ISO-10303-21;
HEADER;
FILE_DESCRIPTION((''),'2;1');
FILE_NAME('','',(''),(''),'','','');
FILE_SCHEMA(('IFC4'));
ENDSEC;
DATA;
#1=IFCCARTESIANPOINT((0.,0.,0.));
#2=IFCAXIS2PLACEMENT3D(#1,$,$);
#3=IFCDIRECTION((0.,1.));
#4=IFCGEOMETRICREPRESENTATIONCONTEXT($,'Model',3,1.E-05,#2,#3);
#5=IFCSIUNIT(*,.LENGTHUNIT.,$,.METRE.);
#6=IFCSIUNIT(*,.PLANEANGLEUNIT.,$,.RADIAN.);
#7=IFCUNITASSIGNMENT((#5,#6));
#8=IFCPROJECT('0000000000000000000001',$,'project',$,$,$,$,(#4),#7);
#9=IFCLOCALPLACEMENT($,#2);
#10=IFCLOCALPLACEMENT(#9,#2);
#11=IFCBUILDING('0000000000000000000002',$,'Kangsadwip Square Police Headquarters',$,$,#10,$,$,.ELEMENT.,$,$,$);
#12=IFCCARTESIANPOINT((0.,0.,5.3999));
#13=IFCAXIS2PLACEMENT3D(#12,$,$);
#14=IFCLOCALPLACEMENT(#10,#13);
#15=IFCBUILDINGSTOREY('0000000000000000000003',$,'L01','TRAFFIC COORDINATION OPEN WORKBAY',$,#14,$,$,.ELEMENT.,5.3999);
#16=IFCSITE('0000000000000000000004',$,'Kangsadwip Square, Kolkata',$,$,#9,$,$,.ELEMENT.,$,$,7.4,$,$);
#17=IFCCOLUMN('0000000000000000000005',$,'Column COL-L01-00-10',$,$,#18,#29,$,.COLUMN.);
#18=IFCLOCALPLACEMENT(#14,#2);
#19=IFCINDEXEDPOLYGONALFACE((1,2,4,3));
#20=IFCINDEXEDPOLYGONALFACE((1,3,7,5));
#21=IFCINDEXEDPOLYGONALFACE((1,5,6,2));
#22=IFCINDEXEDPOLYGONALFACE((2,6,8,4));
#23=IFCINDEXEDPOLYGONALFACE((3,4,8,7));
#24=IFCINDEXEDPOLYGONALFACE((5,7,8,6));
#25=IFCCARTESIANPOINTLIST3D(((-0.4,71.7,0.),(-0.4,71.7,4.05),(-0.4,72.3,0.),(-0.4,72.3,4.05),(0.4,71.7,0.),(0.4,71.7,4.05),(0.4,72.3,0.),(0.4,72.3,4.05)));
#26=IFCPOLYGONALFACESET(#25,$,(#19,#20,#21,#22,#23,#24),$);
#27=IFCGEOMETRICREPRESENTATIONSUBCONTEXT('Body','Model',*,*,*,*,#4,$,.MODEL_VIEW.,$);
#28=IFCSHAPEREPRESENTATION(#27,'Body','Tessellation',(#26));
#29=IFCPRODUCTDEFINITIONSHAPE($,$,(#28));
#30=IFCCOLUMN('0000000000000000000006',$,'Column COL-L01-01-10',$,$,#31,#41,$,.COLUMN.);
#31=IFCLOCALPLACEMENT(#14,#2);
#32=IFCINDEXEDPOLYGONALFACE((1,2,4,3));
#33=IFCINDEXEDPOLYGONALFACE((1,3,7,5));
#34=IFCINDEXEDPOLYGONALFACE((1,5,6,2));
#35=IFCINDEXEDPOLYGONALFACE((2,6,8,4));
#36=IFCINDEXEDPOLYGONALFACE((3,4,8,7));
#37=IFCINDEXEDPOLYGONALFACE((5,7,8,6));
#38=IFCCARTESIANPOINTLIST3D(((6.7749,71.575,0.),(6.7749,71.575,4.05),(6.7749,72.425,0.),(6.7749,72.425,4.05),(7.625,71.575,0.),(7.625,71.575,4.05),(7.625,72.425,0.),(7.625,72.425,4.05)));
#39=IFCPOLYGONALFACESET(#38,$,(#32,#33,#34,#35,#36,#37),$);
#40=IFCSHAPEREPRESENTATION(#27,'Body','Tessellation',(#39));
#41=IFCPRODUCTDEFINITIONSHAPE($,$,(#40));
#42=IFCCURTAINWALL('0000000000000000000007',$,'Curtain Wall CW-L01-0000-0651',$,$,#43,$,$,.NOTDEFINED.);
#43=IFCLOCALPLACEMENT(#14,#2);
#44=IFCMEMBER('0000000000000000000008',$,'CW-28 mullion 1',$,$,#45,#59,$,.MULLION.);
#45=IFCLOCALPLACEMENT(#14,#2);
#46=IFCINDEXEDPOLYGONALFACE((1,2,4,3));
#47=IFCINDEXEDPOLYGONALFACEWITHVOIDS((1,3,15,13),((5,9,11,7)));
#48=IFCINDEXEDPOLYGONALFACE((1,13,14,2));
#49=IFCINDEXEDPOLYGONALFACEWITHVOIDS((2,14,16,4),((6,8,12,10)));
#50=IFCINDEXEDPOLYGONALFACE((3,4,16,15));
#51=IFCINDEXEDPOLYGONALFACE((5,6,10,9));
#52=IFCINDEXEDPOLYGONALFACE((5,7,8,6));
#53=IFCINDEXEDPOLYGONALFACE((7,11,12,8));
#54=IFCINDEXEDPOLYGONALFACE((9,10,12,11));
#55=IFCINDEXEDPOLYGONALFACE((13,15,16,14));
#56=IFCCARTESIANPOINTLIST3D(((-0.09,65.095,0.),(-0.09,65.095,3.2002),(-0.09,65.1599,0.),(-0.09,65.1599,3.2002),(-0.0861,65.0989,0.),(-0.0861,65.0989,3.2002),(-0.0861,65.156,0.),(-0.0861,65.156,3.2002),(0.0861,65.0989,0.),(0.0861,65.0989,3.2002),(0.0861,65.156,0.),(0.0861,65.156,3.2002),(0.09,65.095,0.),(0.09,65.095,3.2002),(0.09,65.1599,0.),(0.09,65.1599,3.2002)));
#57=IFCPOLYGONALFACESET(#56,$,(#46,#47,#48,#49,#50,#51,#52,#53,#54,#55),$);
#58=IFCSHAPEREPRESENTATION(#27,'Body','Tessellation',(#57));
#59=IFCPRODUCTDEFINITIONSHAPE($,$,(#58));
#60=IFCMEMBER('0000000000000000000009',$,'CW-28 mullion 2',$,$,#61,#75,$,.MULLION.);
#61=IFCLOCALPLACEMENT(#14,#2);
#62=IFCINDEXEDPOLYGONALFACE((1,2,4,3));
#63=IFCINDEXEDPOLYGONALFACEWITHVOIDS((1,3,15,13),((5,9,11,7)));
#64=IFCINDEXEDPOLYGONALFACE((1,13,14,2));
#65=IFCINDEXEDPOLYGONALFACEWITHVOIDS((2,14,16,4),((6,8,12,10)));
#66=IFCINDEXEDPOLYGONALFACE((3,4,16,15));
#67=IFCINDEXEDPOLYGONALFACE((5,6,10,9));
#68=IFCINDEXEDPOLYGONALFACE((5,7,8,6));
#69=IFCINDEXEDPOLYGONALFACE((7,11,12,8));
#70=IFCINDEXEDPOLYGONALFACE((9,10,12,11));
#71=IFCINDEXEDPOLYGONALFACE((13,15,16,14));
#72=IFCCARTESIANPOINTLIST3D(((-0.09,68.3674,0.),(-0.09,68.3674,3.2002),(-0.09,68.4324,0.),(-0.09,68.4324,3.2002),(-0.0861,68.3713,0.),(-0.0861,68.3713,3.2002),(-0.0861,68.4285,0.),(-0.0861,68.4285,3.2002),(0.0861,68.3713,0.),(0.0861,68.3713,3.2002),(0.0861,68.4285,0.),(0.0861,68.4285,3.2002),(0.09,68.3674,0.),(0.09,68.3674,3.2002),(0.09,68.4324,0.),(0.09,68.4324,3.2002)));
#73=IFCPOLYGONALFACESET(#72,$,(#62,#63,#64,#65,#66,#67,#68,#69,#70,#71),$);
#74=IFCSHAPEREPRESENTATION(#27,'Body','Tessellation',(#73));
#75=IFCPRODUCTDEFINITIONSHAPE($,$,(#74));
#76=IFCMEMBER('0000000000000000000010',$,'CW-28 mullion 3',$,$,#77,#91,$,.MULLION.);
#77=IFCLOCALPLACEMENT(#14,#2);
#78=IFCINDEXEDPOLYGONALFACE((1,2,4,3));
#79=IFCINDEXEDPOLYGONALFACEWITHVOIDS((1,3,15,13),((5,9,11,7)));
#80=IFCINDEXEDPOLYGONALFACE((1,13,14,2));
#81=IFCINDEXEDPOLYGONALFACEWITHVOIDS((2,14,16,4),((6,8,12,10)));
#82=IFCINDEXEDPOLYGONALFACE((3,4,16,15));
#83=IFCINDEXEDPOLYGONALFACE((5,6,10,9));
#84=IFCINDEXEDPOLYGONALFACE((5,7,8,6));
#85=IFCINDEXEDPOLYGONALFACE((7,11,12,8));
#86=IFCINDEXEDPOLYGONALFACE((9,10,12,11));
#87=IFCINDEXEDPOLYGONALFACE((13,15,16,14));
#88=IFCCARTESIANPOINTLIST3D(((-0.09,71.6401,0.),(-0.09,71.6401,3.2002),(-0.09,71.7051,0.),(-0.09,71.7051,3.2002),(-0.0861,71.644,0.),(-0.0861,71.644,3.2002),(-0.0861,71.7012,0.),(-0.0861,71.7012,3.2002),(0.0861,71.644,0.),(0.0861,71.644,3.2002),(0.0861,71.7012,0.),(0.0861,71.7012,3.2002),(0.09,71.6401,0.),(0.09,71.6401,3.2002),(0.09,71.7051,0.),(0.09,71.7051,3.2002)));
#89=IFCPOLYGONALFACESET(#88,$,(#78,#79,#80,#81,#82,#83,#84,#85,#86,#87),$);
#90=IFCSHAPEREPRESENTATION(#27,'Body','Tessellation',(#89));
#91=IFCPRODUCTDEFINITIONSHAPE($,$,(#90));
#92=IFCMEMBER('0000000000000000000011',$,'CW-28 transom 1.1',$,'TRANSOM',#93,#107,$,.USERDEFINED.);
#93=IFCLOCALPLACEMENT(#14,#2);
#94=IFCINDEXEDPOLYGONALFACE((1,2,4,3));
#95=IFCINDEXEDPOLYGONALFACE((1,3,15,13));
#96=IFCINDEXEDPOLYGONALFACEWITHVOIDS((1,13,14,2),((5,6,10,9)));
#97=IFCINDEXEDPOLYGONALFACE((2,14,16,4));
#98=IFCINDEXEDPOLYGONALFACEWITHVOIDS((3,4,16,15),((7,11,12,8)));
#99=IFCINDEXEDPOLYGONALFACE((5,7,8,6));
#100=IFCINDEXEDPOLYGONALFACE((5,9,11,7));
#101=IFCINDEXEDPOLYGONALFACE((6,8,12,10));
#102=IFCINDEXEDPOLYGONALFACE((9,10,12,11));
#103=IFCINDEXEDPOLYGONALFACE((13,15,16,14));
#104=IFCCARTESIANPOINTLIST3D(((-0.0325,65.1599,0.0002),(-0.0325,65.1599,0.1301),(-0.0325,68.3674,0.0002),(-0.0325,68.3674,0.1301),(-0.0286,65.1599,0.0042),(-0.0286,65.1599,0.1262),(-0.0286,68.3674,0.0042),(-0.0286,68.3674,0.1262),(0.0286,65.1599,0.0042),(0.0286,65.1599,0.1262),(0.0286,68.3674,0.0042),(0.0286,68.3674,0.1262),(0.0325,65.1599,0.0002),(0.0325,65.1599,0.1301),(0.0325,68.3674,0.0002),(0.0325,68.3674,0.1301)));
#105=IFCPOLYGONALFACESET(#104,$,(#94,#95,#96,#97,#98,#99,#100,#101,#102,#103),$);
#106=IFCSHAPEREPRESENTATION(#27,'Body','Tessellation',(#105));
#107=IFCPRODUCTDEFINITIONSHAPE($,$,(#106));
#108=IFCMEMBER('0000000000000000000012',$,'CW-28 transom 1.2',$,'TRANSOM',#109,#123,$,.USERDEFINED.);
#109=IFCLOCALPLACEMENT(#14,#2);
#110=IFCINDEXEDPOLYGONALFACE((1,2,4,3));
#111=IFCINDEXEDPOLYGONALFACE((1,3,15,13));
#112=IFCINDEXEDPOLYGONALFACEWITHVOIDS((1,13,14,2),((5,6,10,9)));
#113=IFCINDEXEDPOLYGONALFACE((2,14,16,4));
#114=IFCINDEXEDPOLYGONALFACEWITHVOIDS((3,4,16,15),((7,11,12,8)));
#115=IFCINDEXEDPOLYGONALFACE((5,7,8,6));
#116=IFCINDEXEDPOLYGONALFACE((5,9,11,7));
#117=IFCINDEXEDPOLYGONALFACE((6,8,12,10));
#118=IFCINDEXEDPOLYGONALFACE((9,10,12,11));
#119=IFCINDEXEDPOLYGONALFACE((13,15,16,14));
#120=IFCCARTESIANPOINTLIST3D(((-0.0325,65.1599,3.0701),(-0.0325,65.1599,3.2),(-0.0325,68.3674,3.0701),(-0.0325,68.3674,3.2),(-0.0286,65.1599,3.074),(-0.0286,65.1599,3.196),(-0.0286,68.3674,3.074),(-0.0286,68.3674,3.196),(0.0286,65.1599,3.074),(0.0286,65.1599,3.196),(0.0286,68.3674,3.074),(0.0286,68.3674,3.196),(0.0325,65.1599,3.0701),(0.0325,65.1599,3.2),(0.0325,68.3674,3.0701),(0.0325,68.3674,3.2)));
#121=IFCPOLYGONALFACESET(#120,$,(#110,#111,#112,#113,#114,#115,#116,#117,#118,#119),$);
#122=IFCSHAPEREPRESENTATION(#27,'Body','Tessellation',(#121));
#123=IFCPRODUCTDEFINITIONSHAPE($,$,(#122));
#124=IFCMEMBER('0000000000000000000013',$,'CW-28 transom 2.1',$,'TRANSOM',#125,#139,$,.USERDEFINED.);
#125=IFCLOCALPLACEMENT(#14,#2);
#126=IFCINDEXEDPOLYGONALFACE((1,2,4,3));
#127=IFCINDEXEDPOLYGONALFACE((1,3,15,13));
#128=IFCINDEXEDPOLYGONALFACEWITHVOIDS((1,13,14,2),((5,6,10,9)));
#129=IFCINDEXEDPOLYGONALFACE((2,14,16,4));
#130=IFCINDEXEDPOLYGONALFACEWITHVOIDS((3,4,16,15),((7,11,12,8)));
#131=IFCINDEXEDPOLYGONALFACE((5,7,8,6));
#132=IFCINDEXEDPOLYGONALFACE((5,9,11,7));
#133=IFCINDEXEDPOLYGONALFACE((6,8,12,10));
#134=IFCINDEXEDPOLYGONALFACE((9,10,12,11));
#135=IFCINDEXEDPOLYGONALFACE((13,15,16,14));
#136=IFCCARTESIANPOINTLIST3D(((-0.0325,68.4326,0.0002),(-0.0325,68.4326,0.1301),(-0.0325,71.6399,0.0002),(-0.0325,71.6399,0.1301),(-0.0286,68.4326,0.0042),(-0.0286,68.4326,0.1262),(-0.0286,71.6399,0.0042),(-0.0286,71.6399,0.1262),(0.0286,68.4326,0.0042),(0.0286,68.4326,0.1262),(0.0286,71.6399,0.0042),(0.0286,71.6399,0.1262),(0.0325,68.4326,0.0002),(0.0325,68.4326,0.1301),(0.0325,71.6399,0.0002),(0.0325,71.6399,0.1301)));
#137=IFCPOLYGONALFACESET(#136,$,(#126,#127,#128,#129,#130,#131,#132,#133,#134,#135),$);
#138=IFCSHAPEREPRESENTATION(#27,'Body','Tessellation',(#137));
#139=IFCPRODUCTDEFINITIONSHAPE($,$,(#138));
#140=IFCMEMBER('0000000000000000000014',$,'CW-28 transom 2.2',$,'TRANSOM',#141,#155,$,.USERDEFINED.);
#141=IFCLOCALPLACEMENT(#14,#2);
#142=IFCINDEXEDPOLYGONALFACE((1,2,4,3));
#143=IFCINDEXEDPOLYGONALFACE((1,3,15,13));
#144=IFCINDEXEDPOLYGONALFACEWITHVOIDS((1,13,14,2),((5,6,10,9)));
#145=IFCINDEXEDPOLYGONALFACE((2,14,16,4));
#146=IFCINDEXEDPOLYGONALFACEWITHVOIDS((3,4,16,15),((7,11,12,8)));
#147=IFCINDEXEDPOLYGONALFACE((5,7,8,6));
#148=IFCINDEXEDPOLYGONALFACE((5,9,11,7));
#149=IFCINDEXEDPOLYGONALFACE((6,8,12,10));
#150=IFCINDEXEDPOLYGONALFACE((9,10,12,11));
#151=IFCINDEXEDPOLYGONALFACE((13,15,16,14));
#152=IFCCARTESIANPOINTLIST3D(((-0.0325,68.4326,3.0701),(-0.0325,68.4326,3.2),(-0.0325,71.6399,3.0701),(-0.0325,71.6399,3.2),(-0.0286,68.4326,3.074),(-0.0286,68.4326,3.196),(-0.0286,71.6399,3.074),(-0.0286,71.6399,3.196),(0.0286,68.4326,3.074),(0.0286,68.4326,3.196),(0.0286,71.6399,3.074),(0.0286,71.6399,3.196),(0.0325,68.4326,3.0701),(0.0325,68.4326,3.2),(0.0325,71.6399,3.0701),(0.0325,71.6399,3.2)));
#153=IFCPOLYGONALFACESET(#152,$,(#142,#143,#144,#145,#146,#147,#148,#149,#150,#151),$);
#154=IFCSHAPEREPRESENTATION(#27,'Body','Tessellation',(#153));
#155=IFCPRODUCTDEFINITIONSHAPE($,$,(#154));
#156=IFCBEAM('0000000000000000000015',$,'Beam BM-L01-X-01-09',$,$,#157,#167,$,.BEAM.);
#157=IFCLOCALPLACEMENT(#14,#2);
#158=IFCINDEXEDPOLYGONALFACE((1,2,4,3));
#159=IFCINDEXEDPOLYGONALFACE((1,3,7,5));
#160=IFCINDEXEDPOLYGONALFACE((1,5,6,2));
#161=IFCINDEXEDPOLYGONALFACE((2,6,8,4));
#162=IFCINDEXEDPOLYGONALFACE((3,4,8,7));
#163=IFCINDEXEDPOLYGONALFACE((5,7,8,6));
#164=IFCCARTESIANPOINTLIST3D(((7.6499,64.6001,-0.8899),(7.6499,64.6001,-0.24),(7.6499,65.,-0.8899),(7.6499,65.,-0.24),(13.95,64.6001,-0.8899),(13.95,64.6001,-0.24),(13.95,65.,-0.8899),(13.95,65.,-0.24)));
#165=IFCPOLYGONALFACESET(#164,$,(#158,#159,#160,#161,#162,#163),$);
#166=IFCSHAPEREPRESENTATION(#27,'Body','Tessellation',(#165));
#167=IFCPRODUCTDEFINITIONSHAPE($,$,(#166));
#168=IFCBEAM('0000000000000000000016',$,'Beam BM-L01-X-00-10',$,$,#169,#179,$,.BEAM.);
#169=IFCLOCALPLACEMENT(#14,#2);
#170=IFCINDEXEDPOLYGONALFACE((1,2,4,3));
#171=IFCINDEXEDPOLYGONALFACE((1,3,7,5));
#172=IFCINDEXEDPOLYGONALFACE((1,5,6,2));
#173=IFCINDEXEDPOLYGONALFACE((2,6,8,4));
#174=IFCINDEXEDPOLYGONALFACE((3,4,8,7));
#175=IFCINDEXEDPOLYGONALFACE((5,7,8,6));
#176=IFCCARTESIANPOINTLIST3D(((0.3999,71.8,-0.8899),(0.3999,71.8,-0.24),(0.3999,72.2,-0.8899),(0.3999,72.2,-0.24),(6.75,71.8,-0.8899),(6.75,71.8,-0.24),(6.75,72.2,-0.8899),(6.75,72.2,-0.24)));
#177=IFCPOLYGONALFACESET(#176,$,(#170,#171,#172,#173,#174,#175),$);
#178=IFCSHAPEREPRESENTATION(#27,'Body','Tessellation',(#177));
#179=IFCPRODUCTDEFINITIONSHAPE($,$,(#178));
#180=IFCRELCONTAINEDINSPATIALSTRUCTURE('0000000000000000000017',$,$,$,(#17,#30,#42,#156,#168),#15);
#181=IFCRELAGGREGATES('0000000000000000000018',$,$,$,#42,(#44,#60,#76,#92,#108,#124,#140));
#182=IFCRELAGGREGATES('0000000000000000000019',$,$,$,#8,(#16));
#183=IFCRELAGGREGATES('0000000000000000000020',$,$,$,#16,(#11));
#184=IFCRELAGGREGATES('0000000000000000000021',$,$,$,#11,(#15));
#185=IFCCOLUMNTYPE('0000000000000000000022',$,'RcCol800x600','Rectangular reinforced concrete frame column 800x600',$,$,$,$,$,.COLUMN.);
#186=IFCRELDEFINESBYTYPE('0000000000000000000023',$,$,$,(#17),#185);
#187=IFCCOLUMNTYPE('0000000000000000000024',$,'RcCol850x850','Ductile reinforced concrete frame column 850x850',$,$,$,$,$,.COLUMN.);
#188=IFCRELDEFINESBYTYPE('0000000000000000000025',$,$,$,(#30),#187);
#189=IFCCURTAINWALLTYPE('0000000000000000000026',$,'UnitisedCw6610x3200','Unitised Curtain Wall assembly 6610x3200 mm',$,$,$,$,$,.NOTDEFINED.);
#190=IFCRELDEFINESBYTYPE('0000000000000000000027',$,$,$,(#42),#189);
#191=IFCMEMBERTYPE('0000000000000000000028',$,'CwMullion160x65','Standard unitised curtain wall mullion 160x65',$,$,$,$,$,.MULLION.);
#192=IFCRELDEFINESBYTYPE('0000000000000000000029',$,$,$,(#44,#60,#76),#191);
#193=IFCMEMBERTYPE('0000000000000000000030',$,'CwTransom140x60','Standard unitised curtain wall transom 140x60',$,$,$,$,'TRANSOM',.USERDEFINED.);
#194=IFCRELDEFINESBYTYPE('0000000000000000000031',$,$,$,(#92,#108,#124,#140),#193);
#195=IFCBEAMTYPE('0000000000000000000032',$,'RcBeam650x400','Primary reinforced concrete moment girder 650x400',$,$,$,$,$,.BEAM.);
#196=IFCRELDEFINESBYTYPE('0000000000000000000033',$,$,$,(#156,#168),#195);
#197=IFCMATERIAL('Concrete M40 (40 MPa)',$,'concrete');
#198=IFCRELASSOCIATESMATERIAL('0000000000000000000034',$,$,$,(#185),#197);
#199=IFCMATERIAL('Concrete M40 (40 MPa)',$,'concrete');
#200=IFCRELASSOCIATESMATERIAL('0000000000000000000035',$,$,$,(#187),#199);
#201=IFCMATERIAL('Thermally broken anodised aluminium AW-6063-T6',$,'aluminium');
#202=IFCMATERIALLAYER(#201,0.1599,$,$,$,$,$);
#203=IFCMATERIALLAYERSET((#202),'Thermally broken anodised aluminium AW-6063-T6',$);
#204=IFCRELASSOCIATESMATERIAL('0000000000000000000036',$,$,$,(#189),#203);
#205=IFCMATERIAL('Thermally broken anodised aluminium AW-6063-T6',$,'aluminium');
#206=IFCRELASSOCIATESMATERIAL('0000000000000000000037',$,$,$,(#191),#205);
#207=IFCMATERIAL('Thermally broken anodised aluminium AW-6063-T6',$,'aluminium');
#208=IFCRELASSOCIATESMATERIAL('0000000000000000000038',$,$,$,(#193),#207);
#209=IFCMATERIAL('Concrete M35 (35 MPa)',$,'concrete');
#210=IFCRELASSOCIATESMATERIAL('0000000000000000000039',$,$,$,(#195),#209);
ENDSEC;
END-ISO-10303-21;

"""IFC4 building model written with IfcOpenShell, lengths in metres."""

from ifc_helpers import new_model, si_unit, direction, frame, origin, origin_2d, place, context, subcontext, project, spatial, rectangle, hollow_rectangle, extrude, material, layer, layer_set, material_profile, profile_set, type_object, element, aggregate, save


model = new_model("IFC4")

# Units and contexts
model_context = context("Model", 3, precision=1e-05, world=origin(), true_north=direction((0.0, 1.0)))
body_context = subcontext(model_context, "Body", "Model", "MODEL_VIEW")
ifc_project = project(units=[si_unit("LENGTHUNIT", "METRE"), si_unit("PLANEANGLEUNIT", "RADIAN")], contexts=[model_context])

# Site, building, storey
site_placement = place(None, origin())
site = spatial("IfcSite", under=ifc_project, at=site_placement, Name="Kangsadwip Square, Kolkata", CompositionType="ELEMENT", RefElevation=7.4)
building_placement = place(site_placement, origin())
building = spatial("IfcBuilding", under=site, at=building_placement, Name="Kangsadwip Square Police Headquarters", CompositionType="ELEMENT")
storey_placement = place(building_placement, frame((0.0, 0.0, 5.3999)))
storey = spatial("IfcBuildingStorey", under=building, at=storey_placement, Name="L01", Description="TRAFFIC COORDINATION OPEN WORKBAY", CompositionType="ELEMENT", Elevation=5.3999)

# Columns
ifc_material_1 = material(Name="Concrete M40 (40 MPa)", Category="concrete")
ifc_material_profile_1 = material_profile(ifc_material_1, rectangle(XDim=0.6001, YDim=0.8, at=origin_2d()), Name="RC COL 800X600")
ifc_profile_set_1 = profile_set([ifc_material_profile_1], Name="Concrete M40 (40 MPa)")
column_type_1 = type_object("IfcColumnType", Name="RcCol800x600", Description="Rectangular reinforced concrete frame column 800x600", PredefinedType="COLUMN", material=ifc_profile_set_1)
column_1_placement = place(storey_placement, frame((0.0, 72.0, 0.0), z_axis=(0.0, 0.0, 1.0), x_axis=(0.0, 1.0, 0.0)))
element("IfcColumn", 1, at=column_1_placement, inside=storey, type_object=column_type_1, Name="Column COL-L01-00-10", PredefinedType="COLUMN", context=body_context, shape_type="SweptSolid", body=[
    extrude(rectangle(XDim=0.6001, YDim=0.8, at=origin_2d()), origin(), (0.0, 0.0, 1.0), 4.05),
])
ifc_material_2 = material(Name="Concrete M40 (40 MPa)", Category="concrete")
ifc_material_profile_2 = material_profile(ifc_material_2, rectangle(XDim=0.8501, YDim=0.8501, at=origin_2d()), Name="RC COL 850X850")
ifc_profile_set_2 = profile_set([ifc_material_profile_2], Name="Concrete M40 (40 MPa)")
column_type_2 = type_object("IfcColumnType", Name="RcCol850x850", Description="Ductile reinforced concrete frame column 850x850", PredefinedType="COLUMN", material=ifc_profile_set_2)
column_2_placement = place(storey_placement, frame((7.2, 72.0, 0.0), z_axis=(0.0, 0.0, 1.0), x_axis=(1.0, 0.0, 0.0)))
element("IfcColumn", 2, at=column_2_placement, inside=storey, type_object=column_type_2, Name="Column COL-L01-01-10", PredefinedType="COLUMN", context=body_context, shape_type="SweptSolid", body=[
    extrude(rectangle(XDim=0.8501, YDim=0.8501, at=origin_2d()), origin(), (0.0, 0.0, 1.0), 4.05),
])

# Curtain wall, members
ifc_material_3 = material(Name="Thermally broken anodised aluminium AW-6063-T6", Category="aluminium")
ifc_layer_1 = layer(ifc_material_3, 0.1599)
ifc_layer_set_1 = layer_set([ifc_layer_1], Name="Thermally broken anodised aluminium AW-6063-T6")
curtain_wall_type = type_object("IfcCurtainWallType", Name="UnitisedCw6610x3200", Description="Unitised Curtain Wall assembly 6610x3200 mm", PredefinedType="NOTDEFINED", material=ifc_layer_set_1)
curtain_wall_placement = place(storey_placement, origin())
curtain_wall = element("IfcCurtainWall", 3, at=curtain_wall_placement, inside=storey, type_object=curtain_wall_type, Name="Curtain Wall CW-L01-0000-0651", PredefinedType="NOTDEFINED")
ifc_material_4 = material(Name="Thermally broken anodised aluminium AW-6063-T6", Category="aluminium")
ifc_material_profile_3 = material_profile(ifc_material_4, hollow_rectangle(XDim=0.0649, YDim=0.1799, WallThickness=0.0039, at=origin_2d()), Name="CWM 180X65X4")
ifc_profile_set_3 = profile_set([ifc_material_profile_3], Name="Thermally broken anodised aluminium AW-6063-T6")
member_type_1 = type_object("IfcMemberType", Name="CwMullion160x65", Description="Standard unitised curtain wall mullion 160x65", PredefinedType="MULLION", material=ifc_profile_set_3)
member_1_placement = place(storey_placement, frame((0.0, 65.1274, 0.0), z_axis=(0.0, 0.0, 1.0), x_axis=(0.0, 1.0, 0.0)))
member_1 = element("IfcMember", 4, at=member_1_placement, type_object=member_type_1, Name="CW-28 mullion 1", PredefinedType="MULLION", context=body_context, shape_type="SweptSolid", body=[
    extrude(hollow_rectangle(XDim=0.0649, YDim=0.1799, WallThickness=0.0039, at=origin_2d()), origin(), (0.0, 0.0, 1.0), 3.2002),
])
member_2_placement = place(storey_placement, frame((0.0, 68.3999, 0.0), z_axis=(0.0, 0.0, 1.0), x_axis=(0.0, 1.0, 0.0)))
member_2 = element("IfcMember", 5, at=member_2_placement, type_object=member_type_1, Name="CW-28 mullion 2", PredefinedType="MULLION", context=body_context, shape_type="SweptSolid", body=[
    extrude(hollow_rectangle(XDim=0.0649, YDim=0.1799, WallThickness=0.0039, at=origin_2d()), origin(), (0.0, 0.0, 1.0), 3.2002),
])
member_3_placement = place(storey_placement, frame((0.0, 71.6726, 0.0), z_axis=(0.0, 0.0, 1.0), x_axis=(0.0, 1.0, 0.0)))
member_3 = element("IfcMember", 6, at=member_3_placement, type_object=member_type_1, Name="CW-28 mullion 3", PredefinedType="MULLION", context=body_context, shape_type="SweptSolid", body=[
    extrude(hollow_rectangle(XDim=0.0649, YDim=0.1799, WallThickness=0.0039, at=origin_2d()), origin(), (0.0, 0.0, 1.0), 3.2002),
])
ifc_material_5 = material(Name="Thermally broken anodised aluminium AW-6063-T6", Category="aluminium")
ifc_material_profile_4 = material_profile(ifc_material_5, hollow_rectangle(XDim=0.0649, YDim=0.1299, WallThickness=0.0039, at=origin_2d()), Name="CWT 130X65X4")
ifc_profile_set_4 = profile_set([ifc_material_profile_4], Name="Thermally broken anodised aluminium AW-6063-T6")
member_type_2 = type_object("IfcMemberType", Name="CwTransom140x60", Description="Standard unitised curtain wall transom 140x60", ElementType="TRANSOM", PredefinedType="USERDEFINED", material=ifc_profile_set_4)
member_4_placement = place(storey_placement, frame((0.0, 65.1599, 0.0652), z_axis=(0.0, 1.0, 0.0), x_axis=(-1.0, 0.0, 0.0)))
member_4 = element("IfcMember", 7, at=member_4_placement, type_object=member_type_2, Name="CW-28 transom 1.1", ObjectType="TRANSOM", PredefinedType="USERDEFINED", context=body_context, shape_type="SweptSolid", body=[
    extrude(hollow_rectangle(XDim=0.0649, YDim=0.1299, WallThickness=0.0039, at=origin_2d()), origin(), (0.0, 0.0, 1.0), 3.2075),
])
member_5_placement = place(storey_placement, frame((0.0, 65.1599, 3.135), z_axis=(0.0, 1.0, 0.0), x_axis=(-1.0, 0.0, 0.0)))
member_5 = element("IfcMember", 8, at=member_5_placement, type_object=member_type_2, Name="CW-28 transom 1.2", ObjectType="TRANSOM", PredefinedType="USERDEFINED", context=body_context, shape_type="SweptSolid", body=[
    extrude(hollow_rectangle(XDim=0.0649, YDim=0.1299, WallThickness=0.0039, at=origin_2d()), origin(), (0.0, 0.0, 1.0), 3.2075),
])
member_6_placement = place(storey_placement, frame((0.0, 68.4326, 0.0652), z_axis=(0.0, 1.0, 0.0), x_axis=(-1.0, 0.0, 0.0)))
member_6 = element("IfcMember", 9, at=member_6_placement, type_object=member_type_2, Name="CW-28 transom 2.1", ObjectType="TRANSOM", PredefinedType="USERDEFINED", context=body_context, shape_type="SweptSolid", body=[
    extrude(hollow_rectangle(XDim=0.0649, YDim=0.1299, WallThickness=0.0039, at=origin_2d()), origin(), (0.0, 0.0, 1.0), 3.2073),
])
member_7_placement = place(storey_placement, frame((0.0, 68.4326, 3.135), z_axis=(0.0, 1.0, 0.0), x_axis=(-1.0, 0.0, 0.0)))
member_7 = element("IfcMember", 10, at=member_7_placement, type_object=member_type_2, Name="CW-28 transom 2.2", ObjectType="TRANSOM", PredefinedType="USERDEFINED", context=body_context, shape_type="SweptSolid", body=[
    extrude(hollow_rectangle(XDim=0.0649, YDim=0.1299, WallThickness=0.0039, at=origin_2d()), origin(), (0.0, 0.0, 1.0), 3.2073),
])

# Beams
ifc_material_6 = material(Name="Concrete M35 (35 MPa)", Category="concrete")
ifc_material_profile_5 = material_profile(ifc_material_6, rectangle(XDim=0.3999, YDim=0.6499, at=origin_2d()), Name="RC BM 650X400")
ifc_profile_set_5 = profile_set([ifc_material_profile_5], Name="Concrete M35 (35 MPa)")
beam_type_1 = type_object("IfcBeamType", Name="RcBeam650x400", Description="Primary reinforced concrete moment girder 650x400", PredefinedType="BEAM", material=ifc_profile_set_5)
beam_1_placement = place(storey_placement, frame((7.6499, 64.8, -0.5649), z_axis=(1.0, 0.0, 0.0), x_axis=(0.0, 1.0, 0.0)))
element("IfcBeam", 11, at=beam_1_placement, inside=storey, type_object=beam_type_1, Name="Beam BM-L01-X-01-09", PredefinedType="BEAM", context=body_context, shape_type="SweptSolid", body=[
    extrude(rectangle(XDim=0.3999, YDim=0.6499, at=origin_2d()), origin(), (0.0, 0.0, 1.0), 6.3),
])
beam_2_placement = place(storey_placement, frame((0.3999, 72.0, -0.5649), z_axis=(1.0, 0.0, 0.0), x_axis=(0.0, 1.0, 0.0)))
element("IfcBeam", 12, at=beam_2_placement, inside=storey, type_object=beam_type_1, Name="Beam BM-L01-X-00-10", PredefinedType="BEAM", context=body_context, shape_type="SweptSolid", body=[
    extrude(rectangle(XDim=0.3999, YDim=0.6499, at=origin_2d()), origin(), (0.0, 0.0, 1.0), 6.3501),
])

aggregate(curtain_wall, [member_1, member_2, member_3, member_4, member_5, member_6, member_7])

save(model, "model.ifc")
